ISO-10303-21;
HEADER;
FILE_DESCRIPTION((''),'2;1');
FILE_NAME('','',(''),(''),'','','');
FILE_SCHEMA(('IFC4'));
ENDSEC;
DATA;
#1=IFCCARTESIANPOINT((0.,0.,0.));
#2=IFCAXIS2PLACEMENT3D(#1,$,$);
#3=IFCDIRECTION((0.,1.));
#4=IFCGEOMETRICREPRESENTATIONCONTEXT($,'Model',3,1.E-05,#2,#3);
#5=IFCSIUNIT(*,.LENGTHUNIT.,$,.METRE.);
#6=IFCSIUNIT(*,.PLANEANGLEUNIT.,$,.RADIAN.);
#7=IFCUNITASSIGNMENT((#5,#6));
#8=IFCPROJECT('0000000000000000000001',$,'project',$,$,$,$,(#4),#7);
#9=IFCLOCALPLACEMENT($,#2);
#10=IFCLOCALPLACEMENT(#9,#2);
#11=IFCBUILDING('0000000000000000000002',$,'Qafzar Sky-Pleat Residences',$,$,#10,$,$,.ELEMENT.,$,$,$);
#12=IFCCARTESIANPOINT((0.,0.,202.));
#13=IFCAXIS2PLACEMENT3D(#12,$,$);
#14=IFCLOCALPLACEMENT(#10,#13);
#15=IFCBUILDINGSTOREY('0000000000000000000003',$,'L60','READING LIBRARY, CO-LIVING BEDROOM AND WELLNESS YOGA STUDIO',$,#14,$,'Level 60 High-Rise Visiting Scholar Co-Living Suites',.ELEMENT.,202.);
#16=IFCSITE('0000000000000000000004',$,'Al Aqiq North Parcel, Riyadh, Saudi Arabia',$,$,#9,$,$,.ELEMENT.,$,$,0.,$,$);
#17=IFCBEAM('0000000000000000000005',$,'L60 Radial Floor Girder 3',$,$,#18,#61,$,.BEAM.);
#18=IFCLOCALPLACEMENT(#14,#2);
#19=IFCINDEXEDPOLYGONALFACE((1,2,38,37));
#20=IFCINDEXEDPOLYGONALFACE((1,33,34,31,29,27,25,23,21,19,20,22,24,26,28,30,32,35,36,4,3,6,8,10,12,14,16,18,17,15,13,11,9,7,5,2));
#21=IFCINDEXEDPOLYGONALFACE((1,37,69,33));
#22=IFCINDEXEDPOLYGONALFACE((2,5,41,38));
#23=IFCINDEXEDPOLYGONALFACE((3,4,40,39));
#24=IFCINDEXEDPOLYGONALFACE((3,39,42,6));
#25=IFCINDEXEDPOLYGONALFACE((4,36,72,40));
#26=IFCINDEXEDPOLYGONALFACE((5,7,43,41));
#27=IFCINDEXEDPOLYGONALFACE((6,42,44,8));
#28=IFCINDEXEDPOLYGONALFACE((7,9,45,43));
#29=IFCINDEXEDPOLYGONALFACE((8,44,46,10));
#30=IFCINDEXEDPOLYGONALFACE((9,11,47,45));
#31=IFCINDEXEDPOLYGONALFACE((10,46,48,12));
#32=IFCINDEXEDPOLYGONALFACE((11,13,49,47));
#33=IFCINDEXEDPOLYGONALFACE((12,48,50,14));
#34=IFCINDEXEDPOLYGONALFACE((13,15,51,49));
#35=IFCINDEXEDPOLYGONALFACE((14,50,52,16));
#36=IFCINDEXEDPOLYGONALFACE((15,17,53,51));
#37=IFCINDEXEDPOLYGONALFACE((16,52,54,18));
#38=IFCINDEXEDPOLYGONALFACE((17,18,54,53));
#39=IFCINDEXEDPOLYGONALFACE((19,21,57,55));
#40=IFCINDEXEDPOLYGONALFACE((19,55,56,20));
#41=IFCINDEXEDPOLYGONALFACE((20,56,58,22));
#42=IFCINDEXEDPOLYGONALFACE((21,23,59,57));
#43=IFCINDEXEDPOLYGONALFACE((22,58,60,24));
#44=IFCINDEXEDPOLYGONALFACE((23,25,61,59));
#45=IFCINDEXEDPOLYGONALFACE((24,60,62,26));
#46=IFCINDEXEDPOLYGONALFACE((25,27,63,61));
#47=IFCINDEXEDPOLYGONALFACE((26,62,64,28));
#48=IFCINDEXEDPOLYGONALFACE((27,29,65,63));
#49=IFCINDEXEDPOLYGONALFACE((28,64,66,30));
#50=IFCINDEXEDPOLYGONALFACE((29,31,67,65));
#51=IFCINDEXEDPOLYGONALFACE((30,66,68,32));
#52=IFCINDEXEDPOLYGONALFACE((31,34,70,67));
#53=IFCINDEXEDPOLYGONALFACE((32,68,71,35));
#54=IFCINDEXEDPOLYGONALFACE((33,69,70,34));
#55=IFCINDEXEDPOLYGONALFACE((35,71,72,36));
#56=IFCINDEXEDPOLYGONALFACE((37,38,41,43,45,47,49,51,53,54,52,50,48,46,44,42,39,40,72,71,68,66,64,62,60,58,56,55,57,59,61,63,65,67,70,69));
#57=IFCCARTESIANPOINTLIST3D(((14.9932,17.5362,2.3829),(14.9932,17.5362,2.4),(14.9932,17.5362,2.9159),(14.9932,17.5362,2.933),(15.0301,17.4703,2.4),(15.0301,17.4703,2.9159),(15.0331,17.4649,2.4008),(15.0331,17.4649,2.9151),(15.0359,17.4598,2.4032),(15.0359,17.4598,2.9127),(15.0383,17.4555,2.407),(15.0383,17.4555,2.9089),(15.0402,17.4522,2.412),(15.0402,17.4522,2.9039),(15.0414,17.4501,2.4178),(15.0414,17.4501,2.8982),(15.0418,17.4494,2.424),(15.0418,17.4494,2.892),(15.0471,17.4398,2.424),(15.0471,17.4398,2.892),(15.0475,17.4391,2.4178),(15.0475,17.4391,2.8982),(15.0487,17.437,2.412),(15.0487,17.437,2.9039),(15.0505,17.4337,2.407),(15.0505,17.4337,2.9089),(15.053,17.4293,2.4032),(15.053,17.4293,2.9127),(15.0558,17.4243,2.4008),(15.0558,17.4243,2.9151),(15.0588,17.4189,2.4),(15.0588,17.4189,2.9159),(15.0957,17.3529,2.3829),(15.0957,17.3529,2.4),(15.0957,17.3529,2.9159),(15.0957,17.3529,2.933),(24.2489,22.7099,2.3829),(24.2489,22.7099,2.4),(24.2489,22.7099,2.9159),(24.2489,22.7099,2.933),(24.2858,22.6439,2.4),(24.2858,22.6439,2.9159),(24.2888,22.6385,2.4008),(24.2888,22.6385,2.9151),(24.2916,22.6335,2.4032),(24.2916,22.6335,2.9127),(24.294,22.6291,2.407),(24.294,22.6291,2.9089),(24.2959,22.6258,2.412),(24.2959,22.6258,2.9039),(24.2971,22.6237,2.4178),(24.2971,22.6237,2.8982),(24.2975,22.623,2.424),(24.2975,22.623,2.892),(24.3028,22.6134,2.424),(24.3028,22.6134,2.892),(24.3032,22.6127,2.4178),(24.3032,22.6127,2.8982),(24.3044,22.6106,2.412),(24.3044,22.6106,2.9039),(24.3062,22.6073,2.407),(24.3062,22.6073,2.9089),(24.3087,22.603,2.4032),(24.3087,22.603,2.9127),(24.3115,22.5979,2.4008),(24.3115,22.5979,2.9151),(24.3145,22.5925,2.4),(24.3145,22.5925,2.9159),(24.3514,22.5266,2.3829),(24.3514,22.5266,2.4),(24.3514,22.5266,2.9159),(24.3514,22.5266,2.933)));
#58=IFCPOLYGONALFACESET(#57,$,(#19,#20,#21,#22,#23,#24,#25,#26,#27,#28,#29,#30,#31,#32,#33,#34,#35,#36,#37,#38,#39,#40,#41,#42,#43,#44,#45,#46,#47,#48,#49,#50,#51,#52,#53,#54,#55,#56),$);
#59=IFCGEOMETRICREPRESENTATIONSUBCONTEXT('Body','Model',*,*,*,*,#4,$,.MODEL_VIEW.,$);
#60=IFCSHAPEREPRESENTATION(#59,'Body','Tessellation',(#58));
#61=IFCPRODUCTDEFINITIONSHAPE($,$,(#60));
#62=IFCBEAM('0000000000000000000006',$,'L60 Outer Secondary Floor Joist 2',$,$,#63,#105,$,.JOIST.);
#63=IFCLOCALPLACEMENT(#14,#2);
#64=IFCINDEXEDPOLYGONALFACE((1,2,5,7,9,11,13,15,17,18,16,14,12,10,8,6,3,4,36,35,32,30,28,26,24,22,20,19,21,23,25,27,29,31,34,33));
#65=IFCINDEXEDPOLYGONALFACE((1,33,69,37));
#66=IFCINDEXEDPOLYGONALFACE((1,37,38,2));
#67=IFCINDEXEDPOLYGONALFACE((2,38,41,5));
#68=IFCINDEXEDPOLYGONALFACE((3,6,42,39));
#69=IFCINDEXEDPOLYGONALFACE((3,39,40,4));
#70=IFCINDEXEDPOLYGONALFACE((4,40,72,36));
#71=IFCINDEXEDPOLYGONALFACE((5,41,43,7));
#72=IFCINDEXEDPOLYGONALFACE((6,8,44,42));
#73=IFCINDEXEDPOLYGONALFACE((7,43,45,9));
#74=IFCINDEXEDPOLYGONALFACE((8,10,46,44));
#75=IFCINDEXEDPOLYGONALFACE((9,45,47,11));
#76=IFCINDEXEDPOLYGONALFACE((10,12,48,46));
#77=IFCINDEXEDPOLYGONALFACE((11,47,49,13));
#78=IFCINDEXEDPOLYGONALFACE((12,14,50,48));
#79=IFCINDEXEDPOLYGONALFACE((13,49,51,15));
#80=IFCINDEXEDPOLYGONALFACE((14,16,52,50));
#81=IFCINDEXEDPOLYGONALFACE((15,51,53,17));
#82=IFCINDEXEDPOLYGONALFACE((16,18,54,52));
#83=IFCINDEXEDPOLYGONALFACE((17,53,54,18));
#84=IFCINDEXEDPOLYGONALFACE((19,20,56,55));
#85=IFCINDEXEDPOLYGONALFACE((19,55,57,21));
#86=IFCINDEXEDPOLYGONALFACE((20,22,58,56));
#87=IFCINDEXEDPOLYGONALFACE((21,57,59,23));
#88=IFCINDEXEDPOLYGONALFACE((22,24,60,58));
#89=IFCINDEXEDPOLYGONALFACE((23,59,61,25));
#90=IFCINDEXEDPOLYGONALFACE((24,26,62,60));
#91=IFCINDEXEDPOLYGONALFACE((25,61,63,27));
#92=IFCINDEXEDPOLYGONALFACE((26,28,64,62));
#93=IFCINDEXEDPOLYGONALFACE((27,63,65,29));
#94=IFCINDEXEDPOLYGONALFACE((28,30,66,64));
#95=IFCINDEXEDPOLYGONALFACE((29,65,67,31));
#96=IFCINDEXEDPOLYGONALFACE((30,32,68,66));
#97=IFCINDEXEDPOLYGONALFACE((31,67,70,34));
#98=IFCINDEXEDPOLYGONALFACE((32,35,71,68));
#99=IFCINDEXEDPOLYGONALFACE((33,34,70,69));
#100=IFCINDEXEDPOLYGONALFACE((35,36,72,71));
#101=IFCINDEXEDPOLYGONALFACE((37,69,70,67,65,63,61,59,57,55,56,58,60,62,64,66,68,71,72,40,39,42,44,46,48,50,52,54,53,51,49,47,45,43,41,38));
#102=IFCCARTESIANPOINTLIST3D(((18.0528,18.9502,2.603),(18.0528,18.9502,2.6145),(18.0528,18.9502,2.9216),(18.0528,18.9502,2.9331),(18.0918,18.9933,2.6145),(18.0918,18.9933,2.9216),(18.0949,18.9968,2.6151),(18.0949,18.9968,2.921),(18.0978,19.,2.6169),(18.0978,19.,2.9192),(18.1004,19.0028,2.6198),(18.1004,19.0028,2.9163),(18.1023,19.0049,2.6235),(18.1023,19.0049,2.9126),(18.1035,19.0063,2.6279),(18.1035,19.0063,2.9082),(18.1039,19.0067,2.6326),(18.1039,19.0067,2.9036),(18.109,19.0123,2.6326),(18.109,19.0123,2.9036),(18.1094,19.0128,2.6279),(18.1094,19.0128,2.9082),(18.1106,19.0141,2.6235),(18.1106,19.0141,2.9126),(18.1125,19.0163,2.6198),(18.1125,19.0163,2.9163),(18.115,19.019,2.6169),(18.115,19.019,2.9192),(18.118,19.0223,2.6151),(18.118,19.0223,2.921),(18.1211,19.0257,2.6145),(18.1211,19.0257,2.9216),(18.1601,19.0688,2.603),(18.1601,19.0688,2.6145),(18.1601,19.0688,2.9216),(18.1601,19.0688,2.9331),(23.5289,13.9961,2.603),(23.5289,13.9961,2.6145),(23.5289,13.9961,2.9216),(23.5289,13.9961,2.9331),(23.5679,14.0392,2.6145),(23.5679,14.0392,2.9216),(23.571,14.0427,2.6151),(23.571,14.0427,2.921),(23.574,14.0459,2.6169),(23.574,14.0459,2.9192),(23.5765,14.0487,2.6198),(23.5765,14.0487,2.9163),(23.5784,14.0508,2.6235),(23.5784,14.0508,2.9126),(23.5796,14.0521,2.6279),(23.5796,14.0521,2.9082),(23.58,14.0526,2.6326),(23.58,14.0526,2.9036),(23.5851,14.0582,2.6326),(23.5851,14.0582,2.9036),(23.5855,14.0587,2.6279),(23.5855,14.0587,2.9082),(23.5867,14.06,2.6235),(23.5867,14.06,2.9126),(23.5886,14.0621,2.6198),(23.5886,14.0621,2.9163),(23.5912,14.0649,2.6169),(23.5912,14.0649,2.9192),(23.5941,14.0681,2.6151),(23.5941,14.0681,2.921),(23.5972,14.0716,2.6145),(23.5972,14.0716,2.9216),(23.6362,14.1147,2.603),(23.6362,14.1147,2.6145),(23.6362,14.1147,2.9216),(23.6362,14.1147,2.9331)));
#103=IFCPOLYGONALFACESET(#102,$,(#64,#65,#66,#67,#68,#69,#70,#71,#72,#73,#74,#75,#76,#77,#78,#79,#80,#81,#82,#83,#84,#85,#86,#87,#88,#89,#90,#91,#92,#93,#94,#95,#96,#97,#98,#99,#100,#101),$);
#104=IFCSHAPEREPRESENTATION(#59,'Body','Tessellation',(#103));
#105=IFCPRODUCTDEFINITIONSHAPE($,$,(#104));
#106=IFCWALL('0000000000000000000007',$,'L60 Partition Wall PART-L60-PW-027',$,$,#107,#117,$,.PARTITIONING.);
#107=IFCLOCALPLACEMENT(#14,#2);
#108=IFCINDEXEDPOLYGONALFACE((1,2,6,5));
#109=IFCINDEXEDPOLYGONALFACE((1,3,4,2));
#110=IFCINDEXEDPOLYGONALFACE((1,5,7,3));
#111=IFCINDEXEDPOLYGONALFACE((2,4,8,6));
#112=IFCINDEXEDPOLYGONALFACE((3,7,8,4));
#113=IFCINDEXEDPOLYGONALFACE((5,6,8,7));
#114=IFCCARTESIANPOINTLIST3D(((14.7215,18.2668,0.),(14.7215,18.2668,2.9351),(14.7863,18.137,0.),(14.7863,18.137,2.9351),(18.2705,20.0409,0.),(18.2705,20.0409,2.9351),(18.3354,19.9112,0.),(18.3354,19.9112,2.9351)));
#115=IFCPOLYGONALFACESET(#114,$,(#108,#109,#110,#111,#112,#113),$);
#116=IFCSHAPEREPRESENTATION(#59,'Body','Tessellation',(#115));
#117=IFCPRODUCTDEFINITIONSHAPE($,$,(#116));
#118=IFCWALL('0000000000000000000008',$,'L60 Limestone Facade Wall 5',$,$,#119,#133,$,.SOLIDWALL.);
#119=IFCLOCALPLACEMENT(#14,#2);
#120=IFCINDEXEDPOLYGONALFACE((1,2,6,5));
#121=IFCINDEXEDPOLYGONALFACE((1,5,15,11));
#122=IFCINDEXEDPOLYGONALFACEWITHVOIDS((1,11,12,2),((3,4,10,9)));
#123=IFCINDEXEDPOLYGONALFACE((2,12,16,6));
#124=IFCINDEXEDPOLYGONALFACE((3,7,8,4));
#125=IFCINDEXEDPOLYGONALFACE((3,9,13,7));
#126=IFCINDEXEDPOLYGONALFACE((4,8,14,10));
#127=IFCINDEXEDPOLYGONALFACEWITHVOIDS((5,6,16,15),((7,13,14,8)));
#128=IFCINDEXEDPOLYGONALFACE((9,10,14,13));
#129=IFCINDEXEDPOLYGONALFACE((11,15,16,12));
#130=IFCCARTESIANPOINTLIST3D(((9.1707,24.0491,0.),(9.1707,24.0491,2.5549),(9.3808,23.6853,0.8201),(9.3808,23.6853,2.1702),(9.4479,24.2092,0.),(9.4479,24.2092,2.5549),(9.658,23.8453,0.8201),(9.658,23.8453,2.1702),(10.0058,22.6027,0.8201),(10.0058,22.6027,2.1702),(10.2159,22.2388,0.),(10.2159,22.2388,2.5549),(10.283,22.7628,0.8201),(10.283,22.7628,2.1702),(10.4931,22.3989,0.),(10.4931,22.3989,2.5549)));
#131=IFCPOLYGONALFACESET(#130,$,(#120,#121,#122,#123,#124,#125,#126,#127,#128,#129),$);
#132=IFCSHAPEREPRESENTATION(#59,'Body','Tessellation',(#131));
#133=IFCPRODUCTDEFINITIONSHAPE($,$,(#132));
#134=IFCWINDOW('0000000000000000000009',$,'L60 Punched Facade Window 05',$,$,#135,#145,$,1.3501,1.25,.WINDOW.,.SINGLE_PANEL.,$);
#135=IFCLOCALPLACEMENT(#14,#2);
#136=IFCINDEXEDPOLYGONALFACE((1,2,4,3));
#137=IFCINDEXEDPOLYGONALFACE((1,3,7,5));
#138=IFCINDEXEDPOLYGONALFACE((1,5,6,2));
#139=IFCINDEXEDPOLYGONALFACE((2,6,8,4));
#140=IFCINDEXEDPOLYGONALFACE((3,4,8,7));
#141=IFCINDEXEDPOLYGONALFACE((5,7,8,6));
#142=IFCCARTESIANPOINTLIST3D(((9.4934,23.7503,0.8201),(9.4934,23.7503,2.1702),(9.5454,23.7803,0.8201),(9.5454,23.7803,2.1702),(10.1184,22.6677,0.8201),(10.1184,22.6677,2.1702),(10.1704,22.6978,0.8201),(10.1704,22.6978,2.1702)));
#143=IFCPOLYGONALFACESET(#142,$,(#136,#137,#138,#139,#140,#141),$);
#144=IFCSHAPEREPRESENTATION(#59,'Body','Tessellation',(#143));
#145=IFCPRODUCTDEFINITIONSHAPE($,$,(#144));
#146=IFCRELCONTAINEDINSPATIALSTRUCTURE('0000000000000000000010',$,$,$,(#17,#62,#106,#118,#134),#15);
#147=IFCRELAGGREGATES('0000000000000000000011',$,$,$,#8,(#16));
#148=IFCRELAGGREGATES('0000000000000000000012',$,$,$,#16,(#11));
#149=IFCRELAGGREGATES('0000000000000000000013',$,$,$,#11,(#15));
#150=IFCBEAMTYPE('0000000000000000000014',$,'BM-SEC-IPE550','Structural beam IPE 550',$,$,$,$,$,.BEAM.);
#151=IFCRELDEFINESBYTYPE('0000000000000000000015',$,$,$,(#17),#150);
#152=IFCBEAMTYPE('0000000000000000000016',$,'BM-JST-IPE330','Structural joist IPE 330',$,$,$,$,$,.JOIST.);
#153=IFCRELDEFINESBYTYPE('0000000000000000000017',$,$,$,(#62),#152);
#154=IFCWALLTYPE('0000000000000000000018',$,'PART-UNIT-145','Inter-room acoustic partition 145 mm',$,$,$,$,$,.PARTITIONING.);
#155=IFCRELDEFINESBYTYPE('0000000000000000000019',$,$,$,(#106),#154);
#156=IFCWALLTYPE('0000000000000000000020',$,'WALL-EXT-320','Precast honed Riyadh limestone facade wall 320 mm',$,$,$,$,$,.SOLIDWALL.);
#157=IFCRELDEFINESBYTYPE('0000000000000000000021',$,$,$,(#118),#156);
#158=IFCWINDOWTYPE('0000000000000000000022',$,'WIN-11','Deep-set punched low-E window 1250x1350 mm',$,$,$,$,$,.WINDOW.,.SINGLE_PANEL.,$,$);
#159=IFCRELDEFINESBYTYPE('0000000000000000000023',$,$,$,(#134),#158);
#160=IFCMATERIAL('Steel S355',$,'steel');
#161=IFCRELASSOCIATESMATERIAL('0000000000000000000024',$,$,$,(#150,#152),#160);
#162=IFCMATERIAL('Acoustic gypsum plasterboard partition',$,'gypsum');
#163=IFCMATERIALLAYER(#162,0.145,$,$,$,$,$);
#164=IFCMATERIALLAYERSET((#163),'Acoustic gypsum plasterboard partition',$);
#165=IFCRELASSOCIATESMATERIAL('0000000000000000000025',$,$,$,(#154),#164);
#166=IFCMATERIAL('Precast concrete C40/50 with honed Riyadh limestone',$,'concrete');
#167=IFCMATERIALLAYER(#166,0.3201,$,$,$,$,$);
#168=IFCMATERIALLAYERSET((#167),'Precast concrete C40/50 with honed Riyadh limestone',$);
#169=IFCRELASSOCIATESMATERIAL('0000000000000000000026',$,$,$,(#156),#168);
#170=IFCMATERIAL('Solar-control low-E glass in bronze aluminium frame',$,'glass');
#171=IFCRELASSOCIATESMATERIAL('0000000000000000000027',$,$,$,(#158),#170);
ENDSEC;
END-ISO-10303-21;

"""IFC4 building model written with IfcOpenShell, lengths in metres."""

from ifc_helpers import new_model, si_unit, direction, frame, frame_2d, origin, origin_2d, place, context, subcontext, project, spatial, rectangle, i_section, extrude, source, transform, mapped, material, layer, layer_set, material_profile, profile_set, type_object, element, fill, save


model = new_model("IFC4")

# Units and contexts
model_context = context("Model", 3, precision=1e-05, world=origin(), true_north=direction((0.0, 1.0)))
body_context = subcontext(model_context, "Body", "Model", "MODEL_VIEW")
ifc_project = project(units=[si_unit("LENGTHUNIT", "METRE"), si_unit("PLANEANGLEUNIT", "RADIAN")], contexts=[model_context])

# Site, building, storey
site_placement = place(None, origin())
site = spatial("IfcSite", under=ifc_project, at=site_placement, Name="Al Aqiq North Parcel, Riyadh, Saudi Arabia", CompositionType="ELEMENT", RefElevation=0.0)
building_placement = place(site_placement, origin())
building = spatial("IfcBuilding", under=site, at=building_placement, Name="Qafzar Sky-Pleat Residences", CompositionType="ELEMENT")
storey_placement = place(building_placement, frame((0.0, 0.0, 202.0)))
storey = spatial("IfcBuildingStorey", under=building, at=storey_placement, Name="L60", Description="READING LIBRARY, CO-LIVING BEDROOM AND WELLNESS YOGA STUDIO", LongName="Level 60 High-Rise Visiting Scholar Co-Living Suites", CompositionType="ELEMENT", Elevation=202.0)

# Shared definitions
ifc_material_1 = material(Name="Steel S355", Category="steel")

# Beams
ifc_material_profile_1 = material_profile(ifc_material_1, i_section(OverallWidth=0.21, OverallDepth=0.55, WebThickness=0.011, FlangeThickness=0.0171, FilletRadius=0.0239, at=origin_2d()), Name="IPE 550")
ifc_profile_set_1 = profile_set([ifc_material_profile_1], Name="Steel S355")
beam_type_1 = type_object("IfcBeamType", Name="BM-SEC-IPE550", Description="Structural beam IPE 550", PredefinedType="BEAM", material=ifc_profile_set_1)
shared_shape_1 = source(origin(), body_context, "Body", "SweptSolid", [
    extrude(i_section(OverallWidth=0.21, OverallDepth=0.55, WebThickness=0.011, FlangeThickness=0.0171, FilletRadius=0.0239, at=origin_2d()), origin(), (0.0, 0.0, 1.0), 10.6035),
])
beam_1_placement = place(storey_placement, frame((15.0444, 17.4446, 2.658), z_axis=(0.87289, 0.487917, 0.0), x_axis=(-0.487917, 0.87289, 0.0)))
element("IfcBeam", 1, at=beam_1_placement, inside=storey, type_object=beam_type_1, Name="L60 Radial Floor Girder 3", PredefinedType="BEAM", context=body_context, shape_type="MappedRepresentation", body=[
    mapped(shared_shape_1, transform((0.0, 0.0, 0.0), x_axis=(1.0, 0.0, 0.0), y_axis=(0.0, 1.0, 0.0), z_axis=(0.0, 0.0, 1.0), scale=1.0)),
])
ifc_material_profile_2 = material_profile(ifc_material_1, i_section(OverallWidth=0.1599, OverallDepth=0.3301, WebThickness=0.0076, FlangeThickness=0.0115, FilletRadius=0.0181, at=origin_2d()), Name="IPE 330")
ifc_profile_set_2 = profile_set([ifc_material_profile_2], Name="Steel S355")
beam_type_2 = type_object("IfcBeamType", Name="BM-JST-IPE330", Description="Structural joist IPE 330", PredefinedType="JOIST", material=ifc_profile_set_2)
shared_shape_2 = source(origin(), body_context, "Body", "SweptSolid", [
    extrude(i_section(OverallWidth=0.1599, OverallDepth=0.3301, WebThickness=0.0076, FlangeThickness=0.0115, FilletRadius=0.0181, at=origin_2d()), origin(), (0.0, 0.0, 1.0), 7.3845),
])
beam_2_placement = place(storey_placement, frame((18.1064, 19.0095, 2.7681), z_axis=(0.741566, -0.67088, 0.0), x_axis=(0.67088, 0.741566, 0.0)))
element("IfcBeam", 2, at=beam_2_placement, inside=storey, type_object=beam_type_2, Name="L60 Outer Secondary Floor Joist 2", PredefinedType="JOIST", context=body_context, shape_type="MappedRepresentation", body=[
    mapped(shared_shape_2, transform((0.0, 0.0, 0.0), x_axis=(1.0, 0.0, 0.0), y_axis=(0.0, 1.0, 0.0), z_axis=(0.0, 0.0, 1.0), scale=1.0)),
])

# Wall
ifc_material_2 = material(Name="Acoustic gypsum plasterboard partition", Category="gypsum")
ifc_layer_1 = layer(ifc_material_2, 0.145)
ifc_layer_set_1 = layer_set([ifc_layer_1], Name="Acoustic gypsum plasterboard partition")
wall_type_1 = type_object("IfcWallType", Name="PART-UNIT-145", Description="Inter-room acoustic partition 145 mm", PredefinedType="PARTITIONING", material=ifc_layer_set_1)
wall_1_placement = place(storey_placement, frame((14.7539, 18.2019, 0.0), z_axis=(0.0, 0.0, 1.0), x_axis=(0.894464, 0.44714, 0.0)))
element("IfcWall", 3, at=wall_1_placement, inside=storey, type_object=wall_type_1, Name="L60 Partition Wall PART-L60-PW-027", PredefinedType="PARTITIONING", context=body_context, shape_type="SweptSolid", body=[
    extrude(rectangle(XDim=3.9678, YDim=0.145, at=frame_2d((1.9839, 0.0))), origin(), (0.0, 0.0, 1.0), 2.9351),
])

# Wall, opening, window
ifc_material_3 = material(Name="Precast concrete C40/50 with honed Riyadh limestone", Category="concrete")
ifc_layer_2 = layer(ifc_material_3, 0.3201)
ifc_layer_set_2 = layer_set([ifc_layer_2], Name="Precast concrete C40/50 with honed Riyadh limestone")
wall_type_2 = type_object("IfcWallType", Name="WALL-EXT-320", Description="Precast honed Riyadh limestone facade wall 320 mm", PredefinedType="SOLIDWALL", material=ifc_layer_set_2)
wall_2_placement = place(storey_placement, frame((9.3093, 24.1292, 0.0), z_axis=(0.0, 0.0, 1.0), x_axis=(0.499995, -0.866028, 0.0)))
wall_2 = element("IfcWall", 4, at=wall_2_placement, inside=storey, type_object=wall_type_2, Name="L60 Limestone Facade Wall 5", PredefinedType="SOLIDWALL", context=body_context, shape_type="SweptSolid", body=[
    extrude(rectangle(XDim=2.0903, YDim=0.3201, at=frame_2d((1.0452, 0.0))), origin(), (0.0, 0.0, 1.0), 2.5549),
])
opening_1_placement = place(wall_2_placement, frame((0.4202, 0.0, 0.8201)))
opening_1 = element("IfcOpeningElement", 5, at=opening_1_placement, cuts=wall_2, PredefinedType="OPENING", context=body_context, shape_type="SweptSolid", body=[
    extrude(rectangle(XDim=1.25, YDim=1.3501, at=frame_2d((0.625, 0.675))), frame((0.0, 0.1699, 0.0), z_axis=(0.0, -1.0, 0.0), x_axis=(1.0, 0.0, 0.0)), (0.0, 0.0, 1.0), 0.3401),
])
ifc_material_4 = material(Name="Solar-control low-E glass in bronze aluminium frame", Category="glass")
window_type_1 = type_object("IfcWindowType", Name="WIN-11", Description="Deep-set punched low-E window 1250x1350 mm", PartitioningType="SINGLE_PANEL", PredefinedType="WINDOW", material=ifc_material_4)
shared_shape_3 = source(origin(), body_context, "Body", "SweptSolid", [
    extrude(rectangle(XDim=1.25, YDim=1.3501, at=frame_2d((0.625, 0.675))), frame((0.0, 0.03, 0.0), z_axis=(0.0, -1.0, 0.0), x_axis=(1.0, 0.0, 0.0)), (0.0, 0.0, 1.0), 0.0601),
])
window_1_placement = place(opening_1_placement, origin())
window_1 = element("IfcWindow", 6, at=window_1_placement, inside=storey, type_object=window_type_1, Name="L60 Punched Facade Window 05", OverallHeight=1.3501, OverallWidth=1.25, PartitioningType="SINGLE_PANEL", PredefinedType="WINDOW", context=body_context, shape_type="MappedRepresentation", body=[
    mapped(shared_shape_3, transform((0.0, 0.0, 0.0), x_axis=(1.0, 0.0, 0.0), y_axis=(0.0, 1.0, 0.0), z_axis=(0.0, 0.0, 1.0), scale=1.0)),
])
fill(opening_1, window_1)

save(model, "model.ifc")
